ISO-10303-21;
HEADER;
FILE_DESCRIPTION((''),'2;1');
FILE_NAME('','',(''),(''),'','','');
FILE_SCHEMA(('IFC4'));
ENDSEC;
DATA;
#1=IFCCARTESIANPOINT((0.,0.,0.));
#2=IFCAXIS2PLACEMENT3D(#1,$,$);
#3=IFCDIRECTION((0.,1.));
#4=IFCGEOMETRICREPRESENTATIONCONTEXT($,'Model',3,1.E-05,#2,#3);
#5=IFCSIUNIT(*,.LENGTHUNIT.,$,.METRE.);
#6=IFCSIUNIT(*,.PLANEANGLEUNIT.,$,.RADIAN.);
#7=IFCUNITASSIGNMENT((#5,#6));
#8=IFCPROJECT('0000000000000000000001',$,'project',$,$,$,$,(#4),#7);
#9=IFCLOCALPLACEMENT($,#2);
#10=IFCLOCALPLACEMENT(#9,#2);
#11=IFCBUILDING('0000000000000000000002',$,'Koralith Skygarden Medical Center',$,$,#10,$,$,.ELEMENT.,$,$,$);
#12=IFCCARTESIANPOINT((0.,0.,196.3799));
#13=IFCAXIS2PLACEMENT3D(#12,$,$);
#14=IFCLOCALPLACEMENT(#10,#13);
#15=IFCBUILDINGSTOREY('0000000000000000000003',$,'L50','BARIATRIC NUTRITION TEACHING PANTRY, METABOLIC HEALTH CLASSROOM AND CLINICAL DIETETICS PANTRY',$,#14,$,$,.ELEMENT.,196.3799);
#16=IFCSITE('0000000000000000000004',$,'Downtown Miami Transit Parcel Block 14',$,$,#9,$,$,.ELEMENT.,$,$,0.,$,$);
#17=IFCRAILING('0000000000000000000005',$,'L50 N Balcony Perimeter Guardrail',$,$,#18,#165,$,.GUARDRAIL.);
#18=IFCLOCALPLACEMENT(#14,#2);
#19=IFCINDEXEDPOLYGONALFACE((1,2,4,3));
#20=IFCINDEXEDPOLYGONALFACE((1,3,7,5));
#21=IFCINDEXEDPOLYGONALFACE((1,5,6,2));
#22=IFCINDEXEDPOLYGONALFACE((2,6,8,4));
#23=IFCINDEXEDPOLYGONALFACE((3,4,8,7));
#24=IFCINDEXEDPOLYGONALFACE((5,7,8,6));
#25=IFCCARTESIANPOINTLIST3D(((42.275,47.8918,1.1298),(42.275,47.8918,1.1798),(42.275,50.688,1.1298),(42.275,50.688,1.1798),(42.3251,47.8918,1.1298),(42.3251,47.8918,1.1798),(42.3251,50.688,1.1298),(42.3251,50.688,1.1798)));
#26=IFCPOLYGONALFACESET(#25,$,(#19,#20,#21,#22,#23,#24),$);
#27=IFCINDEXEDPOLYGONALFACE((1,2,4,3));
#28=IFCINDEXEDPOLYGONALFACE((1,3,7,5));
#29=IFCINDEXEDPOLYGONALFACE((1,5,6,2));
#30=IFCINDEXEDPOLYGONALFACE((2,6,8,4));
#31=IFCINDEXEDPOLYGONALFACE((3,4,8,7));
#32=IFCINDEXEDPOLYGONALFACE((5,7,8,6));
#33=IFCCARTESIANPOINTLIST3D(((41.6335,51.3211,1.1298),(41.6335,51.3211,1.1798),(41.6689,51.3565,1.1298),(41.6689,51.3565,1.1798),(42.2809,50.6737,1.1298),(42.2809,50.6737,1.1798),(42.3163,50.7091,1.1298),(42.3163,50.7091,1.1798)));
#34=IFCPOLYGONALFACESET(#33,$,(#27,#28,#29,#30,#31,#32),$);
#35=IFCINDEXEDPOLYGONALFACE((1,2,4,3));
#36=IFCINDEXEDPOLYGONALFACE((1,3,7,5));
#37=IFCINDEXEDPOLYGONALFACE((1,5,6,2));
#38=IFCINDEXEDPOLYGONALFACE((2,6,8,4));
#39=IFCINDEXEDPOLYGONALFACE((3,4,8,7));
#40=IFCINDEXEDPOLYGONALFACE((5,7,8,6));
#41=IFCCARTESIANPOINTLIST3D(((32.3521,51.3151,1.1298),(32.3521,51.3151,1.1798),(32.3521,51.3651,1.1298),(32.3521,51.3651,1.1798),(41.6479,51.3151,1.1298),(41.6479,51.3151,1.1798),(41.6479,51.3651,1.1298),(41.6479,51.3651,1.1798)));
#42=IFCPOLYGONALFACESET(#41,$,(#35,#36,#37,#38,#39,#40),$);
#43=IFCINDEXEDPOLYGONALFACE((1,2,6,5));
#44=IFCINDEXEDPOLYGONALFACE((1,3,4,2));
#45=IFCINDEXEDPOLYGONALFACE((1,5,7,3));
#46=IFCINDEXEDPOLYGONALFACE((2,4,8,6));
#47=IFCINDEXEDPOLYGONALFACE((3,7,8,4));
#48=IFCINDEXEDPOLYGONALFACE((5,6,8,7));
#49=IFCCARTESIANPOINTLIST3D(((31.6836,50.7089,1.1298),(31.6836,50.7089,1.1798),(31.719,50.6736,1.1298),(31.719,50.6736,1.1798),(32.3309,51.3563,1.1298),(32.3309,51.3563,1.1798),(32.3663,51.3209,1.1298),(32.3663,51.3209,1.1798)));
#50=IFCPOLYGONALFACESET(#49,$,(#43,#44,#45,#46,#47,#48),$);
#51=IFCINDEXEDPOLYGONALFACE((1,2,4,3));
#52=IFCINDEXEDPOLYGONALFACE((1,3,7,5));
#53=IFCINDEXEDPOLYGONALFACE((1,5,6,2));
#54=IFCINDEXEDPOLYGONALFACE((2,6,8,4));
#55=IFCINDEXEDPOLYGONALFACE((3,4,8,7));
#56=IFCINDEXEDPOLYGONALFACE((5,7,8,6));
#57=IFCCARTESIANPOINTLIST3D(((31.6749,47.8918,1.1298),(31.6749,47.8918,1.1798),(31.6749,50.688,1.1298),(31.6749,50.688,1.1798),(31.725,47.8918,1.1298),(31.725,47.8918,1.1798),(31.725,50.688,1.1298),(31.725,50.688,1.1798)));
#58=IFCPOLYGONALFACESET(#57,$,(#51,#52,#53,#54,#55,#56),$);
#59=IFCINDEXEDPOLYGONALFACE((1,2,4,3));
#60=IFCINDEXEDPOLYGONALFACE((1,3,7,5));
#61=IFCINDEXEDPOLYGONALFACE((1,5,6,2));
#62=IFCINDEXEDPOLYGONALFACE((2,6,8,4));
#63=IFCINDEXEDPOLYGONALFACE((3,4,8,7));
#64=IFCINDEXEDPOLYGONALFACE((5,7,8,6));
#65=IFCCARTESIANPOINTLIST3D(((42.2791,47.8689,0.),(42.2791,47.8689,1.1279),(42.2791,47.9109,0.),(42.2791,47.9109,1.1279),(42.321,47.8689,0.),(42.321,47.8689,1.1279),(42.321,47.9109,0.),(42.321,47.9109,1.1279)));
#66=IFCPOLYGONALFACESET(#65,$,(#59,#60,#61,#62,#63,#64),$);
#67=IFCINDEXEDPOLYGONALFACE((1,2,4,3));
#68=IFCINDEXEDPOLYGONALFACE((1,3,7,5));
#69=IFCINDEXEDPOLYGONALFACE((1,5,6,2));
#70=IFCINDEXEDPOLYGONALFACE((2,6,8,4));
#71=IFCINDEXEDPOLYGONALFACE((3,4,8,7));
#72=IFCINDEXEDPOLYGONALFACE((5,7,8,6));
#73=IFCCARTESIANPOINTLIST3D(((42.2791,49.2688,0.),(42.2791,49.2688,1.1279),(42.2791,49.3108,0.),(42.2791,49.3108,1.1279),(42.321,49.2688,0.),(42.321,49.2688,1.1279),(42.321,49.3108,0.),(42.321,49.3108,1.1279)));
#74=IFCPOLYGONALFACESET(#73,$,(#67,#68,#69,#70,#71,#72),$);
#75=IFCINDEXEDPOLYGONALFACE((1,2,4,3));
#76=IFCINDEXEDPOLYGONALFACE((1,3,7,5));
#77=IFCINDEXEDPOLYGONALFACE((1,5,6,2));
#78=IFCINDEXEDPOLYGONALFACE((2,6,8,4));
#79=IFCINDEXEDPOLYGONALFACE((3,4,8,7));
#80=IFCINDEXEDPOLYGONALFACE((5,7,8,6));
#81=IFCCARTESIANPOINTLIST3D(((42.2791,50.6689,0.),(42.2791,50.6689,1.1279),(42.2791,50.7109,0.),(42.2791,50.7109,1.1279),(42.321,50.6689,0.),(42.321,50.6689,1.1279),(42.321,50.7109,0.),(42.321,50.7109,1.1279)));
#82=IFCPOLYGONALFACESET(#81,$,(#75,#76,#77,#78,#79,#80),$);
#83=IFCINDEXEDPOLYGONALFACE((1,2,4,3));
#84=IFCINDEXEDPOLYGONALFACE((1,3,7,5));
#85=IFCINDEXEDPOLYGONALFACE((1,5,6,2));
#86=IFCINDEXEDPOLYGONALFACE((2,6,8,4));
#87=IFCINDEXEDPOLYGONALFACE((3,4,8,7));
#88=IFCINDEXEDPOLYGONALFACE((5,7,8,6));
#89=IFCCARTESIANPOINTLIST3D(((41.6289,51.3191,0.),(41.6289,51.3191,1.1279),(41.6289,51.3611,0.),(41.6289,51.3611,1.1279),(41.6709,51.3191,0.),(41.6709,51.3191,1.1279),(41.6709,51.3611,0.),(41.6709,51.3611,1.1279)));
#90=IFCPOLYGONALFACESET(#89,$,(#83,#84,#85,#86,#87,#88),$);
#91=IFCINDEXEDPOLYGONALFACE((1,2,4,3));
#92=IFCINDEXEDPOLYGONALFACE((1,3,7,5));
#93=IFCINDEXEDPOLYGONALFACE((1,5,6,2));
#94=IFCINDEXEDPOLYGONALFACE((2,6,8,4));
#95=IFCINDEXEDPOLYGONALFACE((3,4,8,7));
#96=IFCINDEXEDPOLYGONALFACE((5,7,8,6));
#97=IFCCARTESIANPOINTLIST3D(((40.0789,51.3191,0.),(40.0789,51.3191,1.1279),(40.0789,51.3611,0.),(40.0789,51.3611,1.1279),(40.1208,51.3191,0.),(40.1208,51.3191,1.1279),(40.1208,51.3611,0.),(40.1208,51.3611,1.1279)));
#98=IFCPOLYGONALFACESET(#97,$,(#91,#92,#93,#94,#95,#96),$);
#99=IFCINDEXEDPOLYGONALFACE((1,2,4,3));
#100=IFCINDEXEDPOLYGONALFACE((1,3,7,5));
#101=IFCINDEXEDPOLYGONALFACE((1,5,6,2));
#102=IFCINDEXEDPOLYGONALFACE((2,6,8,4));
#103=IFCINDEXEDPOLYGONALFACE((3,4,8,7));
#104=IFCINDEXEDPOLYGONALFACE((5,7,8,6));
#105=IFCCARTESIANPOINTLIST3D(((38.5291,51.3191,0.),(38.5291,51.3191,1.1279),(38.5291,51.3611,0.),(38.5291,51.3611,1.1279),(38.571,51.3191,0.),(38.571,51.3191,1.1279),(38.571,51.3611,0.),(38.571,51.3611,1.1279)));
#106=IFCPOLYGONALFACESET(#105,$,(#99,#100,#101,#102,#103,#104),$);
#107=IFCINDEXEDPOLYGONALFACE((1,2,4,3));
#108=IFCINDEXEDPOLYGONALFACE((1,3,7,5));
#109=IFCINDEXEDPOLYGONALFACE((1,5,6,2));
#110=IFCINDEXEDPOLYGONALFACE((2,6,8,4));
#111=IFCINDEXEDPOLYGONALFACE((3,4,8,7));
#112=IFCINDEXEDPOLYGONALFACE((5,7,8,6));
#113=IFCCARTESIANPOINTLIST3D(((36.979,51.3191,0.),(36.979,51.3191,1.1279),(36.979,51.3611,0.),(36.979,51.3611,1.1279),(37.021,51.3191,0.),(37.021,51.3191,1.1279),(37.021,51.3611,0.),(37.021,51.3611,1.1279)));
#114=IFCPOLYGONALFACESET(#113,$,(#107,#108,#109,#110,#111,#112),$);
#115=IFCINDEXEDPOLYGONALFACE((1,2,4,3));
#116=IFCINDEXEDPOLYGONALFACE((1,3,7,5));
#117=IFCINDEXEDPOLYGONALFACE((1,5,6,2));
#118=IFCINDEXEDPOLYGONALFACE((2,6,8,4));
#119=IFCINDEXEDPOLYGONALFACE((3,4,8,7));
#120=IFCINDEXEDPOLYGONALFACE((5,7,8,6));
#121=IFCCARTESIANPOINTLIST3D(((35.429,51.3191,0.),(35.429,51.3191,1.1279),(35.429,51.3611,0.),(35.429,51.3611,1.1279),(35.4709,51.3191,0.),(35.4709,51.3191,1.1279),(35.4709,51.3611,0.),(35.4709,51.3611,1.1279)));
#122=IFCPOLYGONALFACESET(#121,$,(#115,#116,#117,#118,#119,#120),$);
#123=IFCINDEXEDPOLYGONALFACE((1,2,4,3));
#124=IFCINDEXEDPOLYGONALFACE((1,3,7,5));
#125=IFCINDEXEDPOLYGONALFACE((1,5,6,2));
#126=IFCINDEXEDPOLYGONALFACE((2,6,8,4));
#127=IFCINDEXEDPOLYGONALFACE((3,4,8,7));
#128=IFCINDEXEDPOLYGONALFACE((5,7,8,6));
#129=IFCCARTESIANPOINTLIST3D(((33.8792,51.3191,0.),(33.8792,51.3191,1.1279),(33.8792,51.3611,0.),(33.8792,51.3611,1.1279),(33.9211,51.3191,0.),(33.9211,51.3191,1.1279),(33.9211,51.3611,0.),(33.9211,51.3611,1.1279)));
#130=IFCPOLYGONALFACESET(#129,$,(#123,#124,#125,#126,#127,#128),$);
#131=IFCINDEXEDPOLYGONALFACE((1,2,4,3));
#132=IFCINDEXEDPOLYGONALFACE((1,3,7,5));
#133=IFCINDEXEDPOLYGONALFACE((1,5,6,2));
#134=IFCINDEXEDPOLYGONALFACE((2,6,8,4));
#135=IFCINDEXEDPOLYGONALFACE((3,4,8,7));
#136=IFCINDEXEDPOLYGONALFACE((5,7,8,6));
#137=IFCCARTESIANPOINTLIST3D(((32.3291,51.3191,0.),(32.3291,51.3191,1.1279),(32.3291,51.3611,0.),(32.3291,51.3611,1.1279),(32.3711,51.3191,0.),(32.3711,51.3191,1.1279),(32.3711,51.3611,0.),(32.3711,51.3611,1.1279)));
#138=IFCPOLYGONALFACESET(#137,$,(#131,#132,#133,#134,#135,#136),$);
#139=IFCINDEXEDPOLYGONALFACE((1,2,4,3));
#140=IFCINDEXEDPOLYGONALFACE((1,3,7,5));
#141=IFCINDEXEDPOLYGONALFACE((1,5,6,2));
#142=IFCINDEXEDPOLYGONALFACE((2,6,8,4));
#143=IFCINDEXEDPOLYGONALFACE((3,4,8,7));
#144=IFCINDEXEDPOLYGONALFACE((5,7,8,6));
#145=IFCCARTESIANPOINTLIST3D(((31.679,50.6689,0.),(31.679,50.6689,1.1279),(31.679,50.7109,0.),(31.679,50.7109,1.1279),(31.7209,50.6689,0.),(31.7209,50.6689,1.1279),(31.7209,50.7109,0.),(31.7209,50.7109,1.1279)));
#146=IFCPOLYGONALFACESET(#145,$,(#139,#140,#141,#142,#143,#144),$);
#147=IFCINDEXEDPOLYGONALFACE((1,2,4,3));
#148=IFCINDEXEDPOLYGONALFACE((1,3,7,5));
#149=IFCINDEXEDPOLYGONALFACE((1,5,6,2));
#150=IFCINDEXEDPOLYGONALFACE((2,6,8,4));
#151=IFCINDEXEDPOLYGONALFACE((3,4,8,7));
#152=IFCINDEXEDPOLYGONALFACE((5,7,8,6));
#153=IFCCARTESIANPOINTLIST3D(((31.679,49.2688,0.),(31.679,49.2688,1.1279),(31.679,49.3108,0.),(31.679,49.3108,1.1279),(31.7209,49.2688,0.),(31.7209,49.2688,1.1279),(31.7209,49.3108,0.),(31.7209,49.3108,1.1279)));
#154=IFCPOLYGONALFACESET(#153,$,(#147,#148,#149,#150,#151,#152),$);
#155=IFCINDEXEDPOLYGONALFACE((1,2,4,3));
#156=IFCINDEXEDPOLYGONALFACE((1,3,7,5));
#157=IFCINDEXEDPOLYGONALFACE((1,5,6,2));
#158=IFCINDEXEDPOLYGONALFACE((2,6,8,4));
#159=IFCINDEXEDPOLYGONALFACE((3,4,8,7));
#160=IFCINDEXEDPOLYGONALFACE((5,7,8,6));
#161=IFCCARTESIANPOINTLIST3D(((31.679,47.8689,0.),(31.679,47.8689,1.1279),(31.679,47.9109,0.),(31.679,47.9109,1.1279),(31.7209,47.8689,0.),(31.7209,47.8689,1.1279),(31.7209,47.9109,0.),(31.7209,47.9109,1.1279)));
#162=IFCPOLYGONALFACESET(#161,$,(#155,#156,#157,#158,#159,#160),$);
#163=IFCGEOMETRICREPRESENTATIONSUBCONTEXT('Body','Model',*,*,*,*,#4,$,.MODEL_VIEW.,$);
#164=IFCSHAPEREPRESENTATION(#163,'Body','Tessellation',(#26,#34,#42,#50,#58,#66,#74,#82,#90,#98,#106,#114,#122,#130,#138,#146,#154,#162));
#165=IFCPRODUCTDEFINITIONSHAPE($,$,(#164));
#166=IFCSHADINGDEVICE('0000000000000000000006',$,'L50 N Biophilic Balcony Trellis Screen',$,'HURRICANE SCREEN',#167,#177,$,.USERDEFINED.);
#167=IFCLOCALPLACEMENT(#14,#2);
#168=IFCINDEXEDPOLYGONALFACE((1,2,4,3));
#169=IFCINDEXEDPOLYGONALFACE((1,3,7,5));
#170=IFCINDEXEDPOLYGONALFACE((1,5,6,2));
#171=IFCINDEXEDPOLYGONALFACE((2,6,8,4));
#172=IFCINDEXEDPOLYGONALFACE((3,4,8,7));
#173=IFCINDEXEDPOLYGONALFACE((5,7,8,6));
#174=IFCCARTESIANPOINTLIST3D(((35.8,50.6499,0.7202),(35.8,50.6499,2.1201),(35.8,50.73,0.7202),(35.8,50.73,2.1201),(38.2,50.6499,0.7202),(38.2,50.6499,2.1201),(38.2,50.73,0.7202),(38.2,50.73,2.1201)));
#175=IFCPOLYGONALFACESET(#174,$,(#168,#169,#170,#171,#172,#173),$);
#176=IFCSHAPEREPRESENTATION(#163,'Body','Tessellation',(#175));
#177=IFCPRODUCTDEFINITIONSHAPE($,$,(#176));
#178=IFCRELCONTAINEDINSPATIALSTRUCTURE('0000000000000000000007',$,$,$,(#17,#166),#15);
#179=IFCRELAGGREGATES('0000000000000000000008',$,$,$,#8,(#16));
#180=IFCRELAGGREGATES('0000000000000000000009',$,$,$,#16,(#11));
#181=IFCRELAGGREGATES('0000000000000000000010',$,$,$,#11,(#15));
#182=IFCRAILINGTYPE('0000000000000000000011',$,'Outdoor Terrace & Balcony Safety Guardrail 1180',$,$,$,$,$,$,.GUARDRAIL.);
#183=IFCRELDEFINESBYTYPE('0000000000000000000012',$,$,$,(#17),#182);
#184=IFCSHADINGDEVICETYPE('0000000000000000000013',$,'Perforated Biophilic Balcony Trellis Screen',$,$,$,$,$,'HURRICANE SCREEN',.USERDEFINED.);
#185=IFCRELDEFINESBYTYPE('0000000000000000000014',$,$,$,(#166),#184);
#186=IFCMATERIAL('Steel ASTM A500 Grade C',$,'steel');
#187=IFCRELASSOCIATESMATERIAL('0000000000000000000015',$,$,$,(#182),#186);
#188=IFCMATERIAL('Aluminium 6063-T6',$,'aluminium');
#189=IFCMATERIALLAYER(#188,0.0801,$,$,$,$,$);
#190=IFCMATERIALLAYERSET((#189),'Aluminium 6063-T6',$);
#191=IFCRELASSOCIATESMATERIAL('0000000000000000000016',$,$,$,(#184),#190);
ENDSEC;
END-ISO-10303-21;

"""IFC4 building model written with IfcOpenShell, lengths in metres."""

from ifc_helpers import new_model, si_unit, direction, frame, origin, origin_2d, place, context, subcontext, project, spatial, rectangle, extrude, material, layer, layer_set, type_object, element, save


model = new_model("IFC4")

# Units and contexts
model_context = context("Model", 3, precision=1e-05, world=origin(), true_north=direction((0.0, 1.0)))
body_context = subcontext(model_context, "Body", "Model", "MODEL_VIEW")
ifc_project = project(units=[si_unit("LENGTHUNIT", "METRE"), si_unit("PLANEANGLEUNIT", "RADIAN")], contexts=[model_context])

# Site, building, storey
site_placement = place(None, origin())
site = spatial("IfcSite", under=ifc_project, at=site_placement, Name="Downtown Miami Transit Parcel Block 14", CompositionType="ELEMENT", RefElevation=0.0)
building_placement = place(site_placement, origin())
building = spatial("IfcBuilding", under=site, at=building_placement, Name="Koralith Skygarden Medical Center", CompositionType="ELEMENT")
storey_placement = place(building_placement, frame((0.0, 0.0, 196.3799)))
storey = spatial("IfcBuildingStorey", under=building, at=storey_placement, Name="L50", Description="BARIATRIC NUTRITION TEACHING PANTRY, METABOLIC HEALTH CLASSROOM AND CLINICAL DIETETICS PANTRY", CompositionType="ELEMENT", Elevation=196.3799)

# Shared definitions
ifc_material_1 = material(Name="Aluminium 6063-T6", Category="aluminium")

# Shared definitions
ifc_material_2 = material(Name="Steel ASTM A500 Grade C", Category="steel")

# Railing
railing_type = type_object("IfcRailingType", Name="Outdoor Terrace & Balcony Safety Guardrail 1180", PredefinedType="GUARDRAIL", material=ifc_material_2)
railing_placement = place(storey_placement, frame((42.3, 47.8899, 0.0)))
element("IfcRailing", 1, at=railing_placement, inside=storey, type_object=railing_type, Name="L50 N Balcony Perimeter Guardrail", PredefinedType="GUARDRAIL", context=body_context, shape_type="SweptSolid", body=[
    extrude(rectangle(XDim=0.05, YDim=0.05, at=origin_2d()), frame((0.0, 0.002, 1.1548), z_axis=(0.0, 1.0, 0.0), x_axis=(-1.0, 0.0, 0.0)), (0.0, 0.0, 1.0), 2.7961),
    extrude(rectangle(XDim=0.05, YDim=0.05, at=origin_2d()), frame((-0.0015, 2.8015, 1.1548), z_axis=(-0.707107, 0.707107, 0.0), x_axis=(-0.707107, -0.707107, 0.0)), (0.0, 0.0, 1.0), 0.9155),
    extrude(rectangle(XDim=0.05, YDim=0.05, at=origin_2d()), frame((-0.6521, 3.4502, 1.1548), z_axis=(-1.0, 0.0, 0.0), x_axis=(0.0, -1.0, 0.0)), (0.0, 0.0, 1.0), 9.2959),
    extrude(rectangle(XDim=0.05, YDim=0.05, at=origin_2d()), frame((-9.9514, 3.4487, 1.1548), z_axis=(-0.707107, -0.707107, 0.0), x_axis=(0.707107, -0.707107, 0.0)), (0.0, 0.0, 1.0), 0.9155),
    extrude(rectangle(XDim=0.05, YDim=0.05, at=origin_2d()), frame((-10.6001, 2.7981, 1.1548), z_axis=(0.0, -1.0, 0.0), x_axis=(1.0, 0.0, 0.0)), (0.0, 0.0, 1.0), 2.7961),
    extrude(rectangle(XDim=0.042, YDim=0.042, at=origin_2d()), origin(), (0.0, 0.0, 1.0), 1.1279),
    extrude(rectangle(XDim=0.042, YDim=0.042, at=origin_2d()), frame((0.0, 1.3999, 0.0)), (0.0, 0.0, 1.0), 1.1279),
    extrude(rectangle(XDim=0.042, YDim=0.042, at=origin_2d()), frame((0.0, 2.8, 0.0)), (0.0, 0.0, 1.0), 1.1279),
    extrude(rectangle(XDim=0.042, YDim=0.042, at=origin_2d()), frame((-0.6501, 3.4502, 0.0)), (0.0, 0.0, 1.0), 1.1279),
    extrude(rectangle(XDim=0.042, YDim=0.042, at=origin_2d()), frame((-2.2002, 3.4502, 0.0)), (0.0, 0.0, 1.0), 1.1279),
    extrude(rectangle(XDim=0.042, YDim=0.042, at=origin_2d()), frame((-3.75, 3.4502, 0.0)), (0.0, 0.0, 1.0), 1.1279),
    extrude(rectangle(XDim=0.042, YDim=0.042, at=origin_2d()), frame((-5.3, 3.4502, 0.0)), (0.0, 0.0, 1.0), 1.1279),
    extrude(rectangle(XDim=0.042, YDim=0.042, at=origin_2d()), frame((-6.8501, 3.4502, 0.0)), (0.0, 0.0, 1.0), 1.1279),
    extrude(rectangle(XDim=0.042, YDim=0.042, at=origin_2d()), frame((-8.3999, 3.4502, 0.0)), (0.0, 0.0, 1.0), 1.1279),
    extrude(rectangle(XDim=0.042, YDim=0.042, at=origin_2d()), frame((-9.95, 3.4502, 0.0)), (0.0, 0.0, 1.0), 1.1279),
    extrude(rectangle(XDim=0.042, YDim=0.042, at=origin_2d()), frame((-10.6001, 2.8, 0.0)), (0.0, 0.0, 1.0), 1.1279),
    extrude(rectangle(XDim=0.042, YDim=0.042, at=origin_2d()), frame((-10.6001, 1.3999, 0.0)), (0.0, 0.0, 1.0), 1.1279),
    extrude(rectangle(XDim=0.042, YDim=0.042, at=origin_2d()), frame((-10.6001, 0.0, 0.0)), (0.0, 0.0, 1.0), 1.1279),
])

# Shading device
ifc_layer_1 = layer(ifc_material_1, 0.0801)
ifc_layer_set_1 = layer_set([ifc_layer_1], Name="Aluminium 6063-T6")
shading_device_type = type_object("IfcShadingDeviceType", Name="Perforated Biophilic Balcony Trellis Screen", ElementType="HURRICANE SCREEN", PredefinedType="USERDEFINED", material=ifc_layer_set_1)
shading_device_placement = place(storey_placement, frame((37.0, 50.6899, 0.7202), z_axis=(0.0, 0.0, 1.0), x_axis=(1.0, 0.0, 0.0)))
element("IfcShadingDevice", 2, at=shading_device_placement, inside=storey, type_object=shading_device_type, Name="L50 N Biophilic Balcony Trellis Screen", ObjectType="HURRICANE SCREEN", PredefinedType="USERDEFINED", context=body_context, shape_type="SweptSolid", body=[
    extrude(rectangle(XDim=2.3999, YDim=0.0801, at=origin_2d()), origin(), (0.0, 0.0, 1.0), 1.3999),
])

save(model, "model.ifc")
